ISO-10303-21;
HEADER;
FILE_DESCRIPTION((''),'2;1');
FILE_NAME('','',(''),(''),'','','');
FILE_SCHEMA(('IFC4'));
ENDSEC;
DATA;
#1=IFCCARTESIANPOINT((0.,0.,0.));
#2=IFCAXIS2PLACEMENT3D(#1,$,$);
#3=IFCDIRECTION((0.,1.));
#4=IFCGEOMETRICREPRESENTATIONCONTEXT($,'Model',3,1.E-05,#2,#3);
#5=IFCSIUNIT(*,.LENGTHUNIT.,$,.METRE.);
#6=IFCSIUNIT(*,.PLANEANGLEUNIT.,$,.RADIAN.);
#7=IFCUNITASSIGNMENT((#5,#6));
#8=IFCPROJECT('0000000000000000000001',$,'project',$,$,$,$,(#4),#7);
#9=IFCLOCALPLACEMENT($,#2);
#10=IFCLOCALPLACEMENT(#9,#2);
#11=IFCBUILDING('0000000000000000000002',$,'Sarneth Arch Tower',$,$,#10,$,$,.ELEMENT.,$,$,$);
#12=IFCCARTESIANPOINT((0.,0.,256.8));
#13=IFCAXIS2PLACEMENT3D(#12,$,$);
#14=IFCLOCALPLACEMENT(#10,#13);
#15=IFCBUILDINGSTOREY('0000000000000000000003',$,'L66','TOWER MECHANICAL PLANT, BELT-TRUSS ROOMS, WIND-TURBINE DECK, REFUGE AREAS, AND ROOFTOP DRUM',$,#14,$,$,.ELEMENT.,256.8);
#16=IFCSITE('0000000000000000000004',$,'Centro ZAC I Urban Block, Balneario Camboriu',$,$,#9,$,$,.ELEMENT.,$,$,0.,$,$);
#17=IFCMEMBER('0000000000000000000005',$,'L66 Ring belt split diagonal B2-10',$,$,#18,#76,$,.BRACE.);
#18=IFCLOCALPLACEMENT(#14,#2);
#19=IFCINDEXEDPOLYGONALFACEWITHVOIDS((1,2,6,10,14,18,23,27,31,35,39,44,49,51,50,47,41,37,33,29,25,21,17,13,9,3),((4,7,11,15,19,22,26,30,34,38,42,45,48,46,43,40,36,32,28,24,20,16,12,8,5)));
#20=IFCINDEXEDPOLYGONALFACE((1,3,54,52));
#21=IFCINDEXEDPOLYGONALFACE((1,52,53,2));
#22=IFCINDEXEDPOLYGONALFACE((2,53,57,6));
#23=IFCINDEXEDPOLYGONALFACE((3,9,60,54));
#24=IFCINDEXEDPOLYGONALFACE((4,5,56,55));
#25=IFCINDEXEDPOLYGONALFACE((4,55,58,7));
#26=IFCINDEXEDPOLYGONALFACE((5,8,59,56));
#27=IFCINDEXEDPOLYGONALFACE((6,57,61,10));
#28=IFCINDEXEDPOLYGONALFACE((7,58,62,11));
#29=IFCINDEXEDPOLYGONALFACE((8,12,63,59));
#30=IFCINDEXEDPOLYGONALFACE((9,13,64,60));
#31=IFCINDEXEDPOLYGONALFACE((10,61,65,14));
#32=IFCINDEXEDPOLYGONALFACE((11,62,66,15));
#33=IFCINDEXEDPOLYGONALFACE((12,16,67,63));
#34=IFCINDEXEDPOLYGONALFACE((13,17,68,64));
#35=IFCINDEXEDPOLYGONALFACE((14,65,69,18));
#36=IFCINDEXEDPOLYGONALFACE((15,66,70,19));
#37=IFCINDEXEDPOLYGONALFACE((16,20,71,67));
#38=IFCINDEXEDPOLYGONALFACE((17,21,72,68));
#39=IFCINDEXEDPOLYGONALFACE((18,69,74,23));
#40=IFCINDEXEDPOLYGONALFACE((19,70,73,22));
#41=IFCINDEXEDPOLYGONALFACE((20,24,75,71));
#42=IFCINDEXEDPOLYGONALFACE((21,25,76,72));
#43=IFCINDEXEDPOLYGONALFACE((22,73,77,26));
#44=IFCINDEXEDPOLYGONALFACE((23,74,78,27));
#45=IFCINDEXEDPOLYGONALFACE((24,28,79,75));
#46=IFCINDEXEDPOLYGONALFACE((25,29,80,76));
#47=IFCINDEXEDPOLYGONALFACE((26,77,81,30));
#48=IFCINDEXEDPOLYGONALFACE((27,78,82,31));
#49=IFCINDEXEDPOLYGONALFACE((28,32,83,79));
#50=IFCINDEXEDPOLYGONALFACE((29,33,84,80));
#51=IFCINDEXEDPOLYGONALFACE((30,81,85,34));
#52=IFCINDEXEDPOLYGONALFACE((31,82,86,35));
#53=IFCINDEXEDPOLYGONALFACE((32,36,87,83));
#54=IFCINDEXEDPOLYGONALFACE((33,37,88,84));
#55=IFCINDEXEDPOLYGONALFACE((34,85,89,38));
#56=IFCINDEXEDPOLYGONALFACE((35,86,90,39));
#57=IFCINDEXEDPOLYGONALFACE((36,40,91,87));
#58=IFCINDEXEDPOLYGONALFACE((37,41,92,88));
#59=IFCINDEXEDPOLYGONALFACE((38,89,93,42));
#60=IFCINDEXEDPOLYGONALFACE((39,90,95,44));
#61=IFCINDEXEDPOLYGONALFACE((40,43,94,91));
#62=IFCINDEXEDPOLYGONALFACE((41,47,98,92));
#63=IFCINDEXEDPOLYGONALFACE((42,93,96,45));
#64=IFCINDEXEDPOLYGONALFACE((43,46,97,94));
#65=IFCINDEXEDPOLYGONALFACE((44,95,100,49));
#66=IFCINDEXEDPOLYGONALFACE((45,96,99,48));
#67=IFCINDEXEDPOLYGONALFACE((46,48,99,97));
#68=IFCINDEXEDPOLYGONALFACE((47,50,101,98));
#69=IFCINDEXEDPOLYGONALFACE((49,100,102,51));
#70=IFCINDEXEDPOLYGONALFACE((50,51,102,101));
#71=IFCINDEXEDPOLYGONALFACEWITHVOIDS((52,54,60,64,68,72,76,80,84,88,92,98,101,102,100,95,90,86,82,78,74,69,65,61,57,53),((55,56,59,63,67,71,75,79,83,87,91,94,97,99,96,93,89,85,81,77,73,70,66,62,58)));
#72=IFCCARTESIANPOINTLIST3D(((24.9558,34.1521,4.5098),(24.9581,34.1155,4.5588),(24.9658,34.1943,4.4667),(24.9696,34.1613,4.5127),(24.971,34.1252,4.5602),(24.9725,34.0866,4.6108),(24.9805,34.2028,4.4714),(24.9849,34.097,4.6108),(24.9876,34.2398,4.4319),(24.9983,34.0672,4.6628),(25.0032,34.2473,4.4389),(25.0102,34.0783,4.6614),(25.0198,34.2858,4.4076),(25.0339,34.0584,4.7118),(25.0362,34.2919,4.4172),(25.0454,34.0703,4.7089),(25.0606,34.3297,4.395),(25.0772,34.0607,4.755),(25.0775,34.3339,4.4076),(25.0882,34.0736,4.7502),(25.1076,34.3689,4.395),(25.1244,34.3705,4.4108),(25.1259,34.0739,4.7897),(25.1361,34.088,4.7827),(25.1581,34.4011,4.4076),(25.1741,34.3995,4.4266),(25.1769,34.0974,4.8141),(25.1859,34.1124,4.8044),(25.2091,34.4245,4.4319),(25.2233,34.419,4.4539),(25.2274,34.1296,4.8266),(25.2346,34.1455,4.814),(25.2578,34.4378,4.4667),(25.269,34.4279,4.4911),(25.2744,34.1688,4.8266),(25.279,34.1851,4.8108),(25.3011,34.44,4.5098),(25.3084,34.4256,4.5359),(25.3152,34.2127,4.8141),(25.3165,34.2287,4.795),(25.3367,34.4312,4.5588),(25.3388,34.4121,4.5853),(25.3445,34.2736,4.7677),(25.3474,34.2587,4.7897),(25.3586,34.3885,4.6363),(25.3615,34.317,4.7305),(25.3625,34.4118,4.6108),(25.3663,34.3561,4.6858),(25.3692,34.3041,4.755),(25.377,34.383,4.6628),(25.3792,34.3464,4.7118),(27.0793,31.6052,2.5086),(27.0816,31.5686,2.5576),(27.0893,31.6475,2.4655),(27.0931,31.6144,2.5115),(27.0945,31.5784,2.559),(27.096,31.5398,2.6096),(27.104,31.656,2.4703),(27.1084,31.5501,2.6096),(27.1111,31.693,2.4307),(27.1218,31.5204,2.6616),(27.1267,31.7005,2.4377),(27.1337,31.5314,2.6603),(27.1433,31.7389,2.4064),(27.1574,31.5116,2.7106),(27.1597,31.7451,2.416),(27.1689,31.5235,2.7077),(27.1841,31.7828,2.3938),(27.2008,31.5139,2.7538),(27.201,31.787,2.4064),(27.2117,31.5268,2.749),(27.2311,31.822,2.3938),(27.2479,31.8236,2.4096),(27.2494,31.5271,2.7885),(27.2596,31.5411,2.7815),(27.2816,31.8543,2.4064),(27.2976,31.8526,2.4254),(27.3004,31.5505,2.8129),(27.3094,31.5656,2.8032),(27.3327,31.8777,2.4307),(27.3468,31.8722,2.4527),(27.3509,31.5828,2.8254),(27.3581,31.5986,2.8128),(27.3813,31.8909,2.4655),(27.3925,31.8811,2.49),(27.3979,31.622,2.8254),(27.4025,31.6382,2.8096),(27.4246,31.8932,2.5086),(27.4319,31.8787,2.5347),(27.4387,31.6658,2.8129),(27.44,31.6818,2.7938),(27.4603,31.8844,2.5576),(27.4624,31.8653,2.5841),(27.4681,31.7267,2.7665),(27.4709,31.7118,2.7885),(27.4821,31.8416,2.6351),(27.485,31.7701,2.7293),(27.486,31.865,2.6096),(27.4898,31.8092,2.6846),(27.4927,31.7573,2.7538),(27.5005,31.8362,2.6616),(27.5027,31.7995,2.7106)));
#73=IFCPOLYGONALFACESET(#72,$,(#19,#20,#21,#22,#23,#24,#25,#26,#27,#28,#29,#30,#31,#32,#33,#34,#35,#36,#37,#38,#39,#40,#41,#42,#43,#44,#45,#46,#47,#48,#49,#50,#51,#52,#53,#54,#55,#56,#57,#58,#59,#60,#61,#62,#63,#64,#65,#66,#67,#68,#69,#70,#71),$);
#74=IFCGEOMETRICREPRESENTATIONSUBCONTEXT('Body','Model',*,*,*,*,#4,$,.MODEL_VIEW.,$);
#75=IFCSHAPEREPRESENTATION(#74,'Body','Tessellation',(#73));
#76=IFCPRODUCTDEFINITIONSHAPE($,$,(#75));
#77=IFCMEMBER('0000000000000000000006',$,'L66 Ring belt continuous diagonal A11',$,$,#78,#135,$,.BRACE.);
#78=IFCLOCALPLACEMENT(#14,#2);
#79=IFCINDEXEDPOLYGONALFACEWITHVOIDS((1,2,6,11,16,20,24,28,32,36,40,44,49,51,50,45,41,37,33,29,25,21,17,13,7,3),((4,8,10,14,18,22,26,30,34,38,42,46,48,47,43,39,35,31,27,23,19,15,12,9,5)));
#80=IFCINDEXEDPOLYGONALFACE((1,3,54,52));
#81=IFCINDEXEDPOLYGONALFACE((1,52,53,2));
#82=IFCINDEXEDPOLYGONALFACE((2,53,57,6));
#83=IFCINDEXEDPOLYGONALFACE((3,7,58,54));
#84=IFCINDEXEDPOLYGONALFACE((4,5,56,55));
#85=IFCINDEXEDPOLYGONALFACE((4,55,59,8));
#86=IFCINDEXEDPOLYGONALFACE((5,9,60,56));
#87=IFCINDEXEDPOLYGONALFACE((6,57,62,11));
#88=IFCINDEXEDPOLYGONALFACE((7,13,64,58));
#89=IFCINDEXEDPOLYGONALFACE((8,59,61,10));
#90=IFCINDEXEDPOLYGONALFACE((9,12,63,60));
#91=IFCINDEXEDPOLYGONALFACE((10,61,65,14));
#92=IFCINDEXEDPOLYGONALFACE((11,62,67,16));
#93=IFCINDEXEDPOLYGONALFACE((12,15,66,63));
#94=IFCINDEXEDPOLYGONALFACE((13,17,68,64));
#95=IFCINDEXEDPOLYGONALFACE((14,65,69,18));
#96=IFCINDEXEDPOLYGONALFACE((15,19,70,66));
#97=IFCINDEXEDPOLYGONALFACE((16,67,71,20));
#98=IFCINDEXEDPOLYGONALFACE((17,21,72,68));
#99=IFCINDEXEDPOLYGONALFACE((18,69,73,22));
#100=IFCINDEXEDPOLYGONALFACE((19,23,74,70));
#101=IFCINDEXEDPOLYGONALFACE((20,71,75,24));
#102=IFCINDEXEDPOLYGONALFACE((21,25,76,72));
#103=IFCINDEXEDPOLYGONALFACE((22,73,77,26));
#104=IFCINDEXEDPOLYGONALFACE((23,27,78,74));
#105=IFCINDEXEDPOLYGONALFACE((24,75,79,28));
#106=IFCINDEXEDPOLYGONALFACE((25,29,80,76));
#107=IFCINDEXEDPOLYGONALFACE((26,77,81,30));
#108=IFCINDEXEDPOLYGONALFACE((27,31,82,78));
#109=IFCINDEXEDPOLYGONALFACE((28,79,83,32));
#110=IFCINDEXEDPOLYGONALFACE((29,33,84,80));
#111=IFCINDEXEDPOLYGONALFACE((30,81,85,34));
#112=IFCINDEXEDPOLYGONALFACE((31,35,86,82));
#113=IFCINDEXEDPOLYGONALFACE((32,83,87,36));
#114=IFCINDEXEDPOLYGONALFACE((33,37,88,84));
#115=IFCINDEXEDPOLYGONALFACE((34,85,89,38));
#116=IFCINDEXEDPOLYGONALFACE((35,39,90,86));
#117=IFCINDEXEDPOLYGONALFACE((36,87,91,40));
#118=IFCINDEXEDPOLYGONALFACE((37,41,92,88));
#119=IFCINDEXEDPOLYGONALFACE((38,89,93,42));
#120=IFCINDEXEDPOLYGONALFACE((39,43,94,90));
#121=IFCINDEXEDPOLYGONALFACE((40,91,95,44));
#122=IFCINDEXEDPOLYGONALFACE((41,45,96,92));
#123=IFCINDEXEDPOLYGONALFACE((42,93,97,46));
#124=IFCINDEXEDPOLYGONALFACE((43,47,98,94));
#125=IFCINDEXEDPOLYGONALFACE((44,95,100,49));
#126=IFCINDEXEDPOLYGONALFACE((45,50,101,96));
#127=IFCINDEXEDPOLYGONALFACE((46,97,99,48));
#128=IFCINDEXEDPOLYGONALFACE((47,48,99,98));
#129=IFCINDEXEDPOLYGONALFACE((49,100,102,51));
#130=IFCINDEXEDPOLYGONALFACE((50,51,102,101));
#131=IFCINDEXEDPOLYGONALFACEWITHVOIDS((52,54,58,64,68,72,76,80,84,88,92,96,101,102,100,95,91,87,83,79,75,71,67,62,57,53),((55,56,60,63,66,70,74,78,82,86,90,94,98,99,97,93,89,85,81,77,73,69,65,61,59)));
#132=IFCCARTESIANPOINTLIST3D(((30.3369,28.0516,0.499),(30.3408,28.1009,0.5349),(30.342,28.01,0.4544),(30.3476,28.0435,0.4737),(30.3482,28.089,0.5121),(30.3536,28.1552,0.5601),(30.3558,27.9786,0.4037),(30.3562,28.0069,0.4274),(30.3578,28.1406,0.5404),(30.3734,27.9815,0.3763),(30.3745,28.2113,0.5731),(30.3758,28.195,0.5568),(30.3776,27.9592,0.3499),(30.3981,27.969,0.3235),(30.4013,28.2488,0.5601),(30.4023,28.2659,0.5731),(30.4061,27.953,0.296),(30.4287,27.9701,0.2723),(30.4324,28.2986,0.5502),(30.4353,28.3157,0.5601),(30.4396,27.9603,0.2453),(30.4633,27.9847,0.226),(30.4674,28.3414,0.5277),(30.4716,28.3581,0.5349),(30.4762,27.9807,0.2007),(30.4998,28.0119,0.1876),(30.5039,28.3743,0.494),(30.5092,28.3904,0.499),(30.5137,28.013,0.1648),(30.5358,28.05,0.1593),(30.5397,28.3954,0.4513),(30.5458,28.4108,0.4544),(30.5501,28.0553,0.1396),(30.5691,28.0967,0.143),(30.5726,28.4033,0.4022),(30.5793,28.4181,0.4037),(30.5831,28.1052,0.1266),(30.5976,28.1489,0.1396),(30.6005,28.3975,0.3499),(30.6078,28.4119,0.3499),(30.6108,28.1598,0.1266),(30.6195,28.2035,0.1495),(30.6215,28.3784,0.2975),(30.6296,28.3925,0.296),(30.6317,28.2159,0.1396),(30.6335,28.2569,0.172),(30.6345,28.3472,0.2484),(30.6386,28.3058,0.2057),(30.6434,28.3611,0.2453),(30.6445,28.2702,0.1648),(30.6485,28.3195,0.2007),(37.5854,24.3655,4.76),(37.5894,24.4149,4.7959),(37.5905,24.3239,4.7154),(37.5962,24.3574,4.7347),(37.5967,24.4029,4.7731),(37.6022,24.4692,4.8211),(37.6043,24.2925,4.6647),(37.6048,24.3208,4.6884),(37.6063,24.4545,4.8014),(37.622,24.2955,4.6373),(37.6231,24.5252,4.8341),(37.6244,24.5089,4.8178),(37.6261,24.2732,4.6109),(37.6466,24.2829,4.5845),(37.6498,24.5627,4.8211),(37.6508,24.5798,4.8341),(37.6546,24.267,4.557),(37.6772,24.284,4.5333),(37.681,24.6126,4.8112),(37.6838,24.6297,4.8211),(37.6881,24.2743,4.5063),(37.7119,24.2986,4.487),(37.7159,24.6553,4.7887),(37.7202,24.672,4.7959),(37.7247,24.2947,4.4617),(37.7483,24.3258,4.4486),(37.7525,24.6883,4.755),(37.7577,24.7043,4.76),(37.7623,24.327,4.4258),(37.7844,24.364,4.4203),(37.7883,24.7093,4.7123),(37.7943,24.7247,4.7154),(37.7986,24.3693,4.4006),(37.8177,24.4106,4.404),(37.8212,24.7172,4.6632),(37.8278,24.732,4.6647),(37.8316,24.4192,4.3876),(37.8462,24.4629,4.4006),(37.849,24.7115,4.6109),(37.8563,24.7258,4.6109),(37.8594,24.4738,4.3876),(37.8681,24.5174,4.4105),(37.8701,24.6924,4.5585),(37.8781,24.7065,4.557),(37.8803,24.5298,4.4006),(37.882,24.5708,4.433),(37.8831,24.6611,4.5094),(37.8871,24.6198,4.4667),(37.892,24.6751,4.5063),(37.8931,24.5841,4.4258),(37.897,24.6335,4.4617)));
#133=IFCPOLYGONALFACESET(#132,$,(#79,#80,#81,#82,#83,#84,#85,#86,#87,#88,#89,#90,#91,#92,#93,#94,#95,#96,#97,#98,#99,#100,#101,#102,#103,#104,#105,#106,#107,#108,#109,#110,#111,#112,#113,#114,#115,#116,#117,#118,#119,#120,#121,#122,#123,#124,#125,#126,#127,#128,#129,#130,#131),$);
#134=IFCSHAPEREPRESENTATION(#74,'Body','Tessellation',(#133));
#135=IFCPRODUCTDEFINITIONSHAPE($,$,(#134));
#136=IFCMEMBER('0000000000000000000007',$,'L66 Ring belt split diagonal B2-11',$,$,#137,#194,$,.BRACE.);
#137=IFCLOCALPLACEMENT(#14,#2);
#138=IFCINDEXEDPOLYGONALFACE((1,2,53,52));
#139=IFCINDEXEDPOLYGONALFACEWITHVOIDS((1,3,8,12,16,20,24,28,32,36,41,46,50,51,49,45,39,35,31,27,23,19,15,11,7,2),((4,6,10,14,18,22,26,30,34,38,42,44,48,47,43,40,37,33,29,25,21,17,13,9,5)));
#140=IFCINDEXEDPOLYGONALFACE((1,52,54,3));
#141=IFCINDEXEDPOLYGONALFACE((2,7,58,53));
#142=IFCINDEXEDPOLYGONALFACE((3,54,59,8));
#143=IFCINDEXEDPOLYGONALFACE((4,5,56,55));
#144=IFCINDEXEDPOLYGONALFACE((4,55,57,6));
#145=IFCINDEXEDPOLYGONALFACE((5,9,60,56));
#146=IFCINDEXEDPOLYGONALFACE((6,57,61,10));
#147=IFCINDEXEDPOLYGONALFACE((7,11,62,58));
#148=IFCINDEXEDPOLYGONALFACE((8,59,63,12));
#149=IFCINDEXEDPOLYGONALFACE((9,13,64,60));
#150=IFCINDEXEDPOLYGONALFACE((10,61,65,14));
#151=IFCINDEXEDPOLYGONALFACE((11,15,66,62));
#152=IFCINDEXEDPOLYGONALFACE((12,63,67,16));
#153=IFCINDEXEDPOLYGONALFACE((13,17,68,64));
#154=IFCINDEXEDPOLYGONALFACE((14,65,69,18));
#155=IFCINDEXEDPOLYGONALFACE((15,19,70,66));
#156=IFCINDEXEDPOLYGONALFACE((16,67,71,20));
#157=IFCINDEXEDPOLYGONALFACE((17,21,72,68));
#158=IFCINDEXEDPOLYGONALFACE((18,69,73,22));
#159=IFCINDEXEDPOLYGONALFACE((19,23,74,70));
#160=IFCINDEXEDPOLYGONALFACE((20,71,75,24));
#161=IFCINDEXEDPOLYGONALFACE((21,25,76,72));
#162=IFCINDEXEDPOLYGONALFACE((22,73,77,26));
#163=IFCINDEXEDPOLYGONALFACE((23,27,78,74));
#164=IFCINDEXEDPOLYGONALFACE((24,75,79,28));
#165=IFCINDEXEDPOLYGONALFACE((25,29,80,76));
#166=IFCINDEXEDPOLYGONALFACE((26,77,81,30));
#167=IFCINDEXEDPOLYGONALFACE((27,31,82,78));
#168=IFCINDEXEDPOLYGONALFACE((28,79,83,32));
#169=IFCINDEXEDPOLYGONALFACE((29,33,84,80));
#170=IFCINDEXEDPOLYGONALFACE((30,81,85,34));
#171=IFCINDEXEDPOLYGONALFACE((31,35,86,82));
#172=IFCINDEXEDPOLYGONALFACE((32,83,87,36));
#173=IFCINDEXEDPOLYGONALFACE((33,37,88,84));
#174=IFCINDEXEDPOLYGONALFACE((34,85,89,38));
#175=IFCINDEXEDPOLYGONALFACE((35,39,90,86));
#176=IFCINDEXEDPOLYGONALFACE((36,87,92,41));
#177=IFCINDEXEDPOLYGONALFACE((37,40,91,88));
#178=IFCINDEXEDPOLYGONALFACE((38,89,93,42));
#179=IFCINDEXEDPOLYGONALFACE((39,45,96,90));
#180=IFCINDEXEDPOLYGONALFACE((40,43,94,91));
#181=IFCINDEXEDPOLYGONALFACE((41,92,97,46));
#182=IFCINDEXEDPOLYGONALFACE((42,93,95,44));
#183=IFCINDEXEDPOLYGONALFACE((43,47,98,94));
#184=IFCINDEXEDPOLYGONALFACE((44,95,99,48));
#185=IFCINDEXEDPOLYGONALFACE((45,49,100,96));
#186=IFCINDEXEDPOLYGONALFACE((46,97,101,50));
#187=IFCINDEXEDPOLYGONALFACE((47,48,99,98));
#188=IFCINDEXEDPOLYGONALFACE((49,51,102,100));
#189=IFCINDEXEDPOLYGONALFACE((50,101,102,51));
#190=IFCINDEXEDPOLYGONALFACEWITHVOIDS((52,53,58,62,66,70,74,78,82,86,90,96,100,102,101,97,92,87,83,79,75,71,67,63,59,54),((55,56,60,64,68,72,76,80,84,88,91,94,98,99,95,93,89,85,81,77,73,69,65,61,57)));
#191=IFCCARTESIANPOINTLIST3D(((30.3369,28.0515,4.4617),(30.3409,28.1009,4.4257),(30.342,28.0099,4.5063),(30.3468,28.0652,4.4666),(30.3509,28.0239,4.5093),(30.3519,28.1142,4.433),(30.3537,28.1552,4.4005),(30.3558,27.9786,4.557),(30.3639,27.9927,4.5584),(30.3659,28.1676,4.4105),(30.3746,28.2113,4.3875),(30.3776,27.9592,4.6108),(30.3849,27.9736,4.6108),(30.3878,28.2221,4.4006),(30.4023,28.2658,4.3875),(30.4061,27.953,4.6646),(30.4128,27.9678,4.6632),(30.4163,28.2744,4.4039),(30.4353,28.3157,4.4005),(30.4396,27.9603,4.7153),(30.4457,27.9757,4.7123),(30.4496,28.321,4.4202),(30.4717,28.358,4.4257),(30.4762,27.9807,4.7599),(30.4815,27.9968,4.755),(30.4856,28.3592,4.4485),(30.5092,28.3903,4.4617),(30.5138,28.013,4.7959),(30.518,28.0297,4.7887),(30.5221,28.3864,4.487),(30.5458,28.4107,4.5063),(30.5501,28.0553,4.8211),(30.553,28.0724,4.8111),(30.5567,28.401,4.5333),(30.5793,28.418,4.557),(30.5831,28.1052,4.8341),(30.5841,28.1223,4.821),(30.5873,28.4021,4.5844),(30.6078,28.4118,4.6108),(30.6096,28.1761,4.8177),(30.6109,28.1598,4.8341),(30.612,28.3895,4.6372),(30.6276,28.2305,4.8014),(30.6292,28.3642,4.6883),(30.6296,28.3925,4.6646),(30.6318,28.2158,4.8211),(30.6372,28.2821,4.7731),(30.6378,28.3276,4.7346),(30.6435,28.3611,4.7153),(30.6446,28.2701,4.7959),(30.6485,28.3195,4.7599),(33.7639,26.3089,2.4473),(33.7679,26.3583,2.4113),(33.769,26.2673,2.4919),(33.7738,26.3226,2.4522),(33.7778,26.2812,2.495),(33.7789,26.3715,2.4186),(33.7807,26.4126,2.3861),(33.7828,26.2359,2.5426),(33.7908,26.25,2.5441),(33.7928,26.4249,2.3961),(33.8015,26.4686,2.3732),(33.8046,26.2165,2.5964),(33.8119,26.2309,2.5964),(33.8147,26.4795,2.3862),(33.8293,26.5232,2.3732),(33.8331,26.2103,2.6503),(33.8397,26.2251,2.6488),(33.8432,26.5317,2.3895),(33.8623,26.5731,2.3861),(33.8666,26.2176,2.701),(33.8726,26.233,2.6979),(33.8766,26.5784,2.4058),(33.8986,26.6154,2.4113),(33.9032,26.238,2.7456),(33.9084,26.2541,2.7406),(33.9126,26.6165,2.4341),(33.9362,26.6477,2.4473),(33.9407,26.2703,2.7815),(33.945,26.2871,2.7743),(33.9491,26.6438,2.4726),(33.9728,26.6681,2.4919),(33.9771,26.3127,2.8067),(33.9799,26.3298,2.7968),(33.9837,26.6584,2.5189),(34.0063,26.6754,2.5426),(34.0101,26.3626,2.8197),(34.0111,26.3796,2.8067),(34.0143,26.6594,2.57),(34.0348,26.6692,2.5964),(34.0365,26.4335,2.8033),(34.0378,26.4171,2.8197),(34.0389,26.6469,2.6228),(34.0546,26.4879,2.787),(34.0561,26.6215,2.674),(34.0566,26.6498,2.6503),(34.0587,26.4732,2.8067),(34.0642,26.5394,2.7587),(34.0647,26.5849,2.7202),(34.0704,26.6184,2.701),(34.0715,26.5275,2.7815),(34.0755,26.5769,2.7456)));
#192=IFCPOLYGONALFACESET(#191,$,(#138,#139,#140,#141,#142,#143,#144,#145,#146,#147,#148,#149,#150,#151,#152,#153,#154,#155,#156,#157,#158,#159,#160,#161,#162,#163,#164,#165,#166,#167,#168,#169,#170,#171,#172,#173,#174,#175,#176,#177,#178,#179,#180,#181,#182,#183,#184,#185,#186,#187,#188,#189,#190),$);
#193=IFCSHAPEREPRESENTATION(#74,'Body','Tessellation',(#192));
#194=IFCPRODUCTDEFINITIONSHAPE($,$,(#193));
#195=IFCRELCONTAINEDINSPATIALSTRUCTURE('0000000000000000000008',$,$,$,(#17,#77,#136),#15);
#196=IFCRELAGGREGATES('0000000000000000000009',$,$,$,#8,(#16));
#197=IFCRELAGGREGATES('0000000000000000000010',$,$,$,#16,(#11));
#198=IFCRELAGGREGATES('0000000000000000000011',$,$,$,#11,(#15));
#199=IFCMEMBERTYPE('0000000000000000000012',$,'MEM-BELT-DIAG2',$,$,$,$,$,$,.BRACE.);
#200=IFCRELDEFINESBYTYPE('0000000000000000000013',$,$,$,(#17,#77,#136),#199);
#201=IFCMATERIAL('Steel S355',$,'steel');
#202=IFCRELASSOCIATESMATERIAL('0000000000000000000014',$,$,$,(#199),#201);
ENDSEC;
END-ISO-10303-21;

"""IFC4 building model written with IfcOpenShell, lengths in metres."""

from ifc_helpers import new_model, si_unit, direction, frame, origin, origin_2d, place, context, subcontext, project, spatial, hollow_circle, extrude, material, material_profile, profile_set, type_object, element, save


model = new_model("IFC4")

# Units and contexts
model_context = context("Model", 3, precision=1e-05, world=origin(), true_north=direction((0.0, 1.0)))
body_context = subcontext(model_context, "Body", "Model", "MODEL_VIEW")
ifc_project = project(units=[si_unit("LENGTHUNIT", "METRE"), si_unit("PLANEANGLEUNIT", "RADIAN")], contexts=[model_context])

# Site, building, storey
site_placement = place(None, origin())
site = spatial("IfcSite", under=ifc_project, at=site_placement, Name="Centro ZAC I Urban Block, Balneario Camboriu", CompositionType="ELEMENT", RefElevation=0.0)
building_placement = place(site_placement, origin())
building = spatial("IfcBuilding", under=site, at=building_placement, Name="Sarneth Arch Tower", CompositionType="ELEMENT")
storey_placement = place(building_placement, frame((0.0, 0.0, 256.8)))
storey = spatial("IfcBuildingStorey", under=building, at=storey_placement, Name="L66", Description="TOWER MECHANICAL PLANT, BELT-TRUSS ROOMS, WIND-TURBINE DECK, REFUGE AREAS, AND ROOFTOP DRUM", CompositionType="ELEMENT", Elevation=256.8)

# Members
ifc_material_1 = material(Name="Steel S355", Category="steel")
ifc_material_profile_1 = material_profile(ifc_material_1, hollow_circle(Radius=0.2539, WallThickness=0.0161, at=origin_2d()), Name="CHS508x16")
ifc_profile_set_1 = profile_set([ifc_material_profile_1], Name="Steel S355")
member_type_1 = type_object("IfcMemberType", Name="MEM-BELT-DIAG2", PredefinedType="BRACE", material=ifc_profile_set_1)
member_1_placement = place(storey_placement, frame((27.291, 31.7024, 2.6096), z_axis=(-0.548279, 0.657581, 0.516698), x_axis=(-0.768052, -0.640387, 0.0)))
element("IfcMember", 1, at=member_1_placement, inside=storey, type_object=member_type_1, Name="L66 Ring belt split diagonal B2-10", PredefinedType="BRACE", context=body_context, shape_type="SweptSolid", body=[
    extrude(hollow_circle(Radius=0.2539, WallThickness=0.0161, at=origin_2d()), origin(), (0.0, 0.0, 1.0), 3.873),
])
member_2_placement = place(storey_placement, frame((30.4927, 28.1855, 0.3499), z_axis=(0.789546, -0.401501, 0.464127), x_axis=(0.45328, 0.891368, 0.0)))
element("IfcMember", 2, at=member_2_placement, inside=storey, type_object=member_type_1, Name="L66 Ring belt continuous diagonal A11", PredefinedType="BRACE", context=body_context, shape_type="SweptSolid", body=[
    extrude(hollow_circle(Radius=0.2539, WallThickness=0.0161, at=origin_2d()), origin(), (0.0, 0.0, 1.0), 9.1807),
])
member_3_placement = place(storey_placement, frame((33.9197, 26.4429, 2.5964), z_axis=(-0.789559, 0.401501, 0.464106), x_axis=(-0.453274, -0.891371, 0.0)))
element("IfcMember", 3, at=member_3_placement, inside=storey, type_object=member_type_1, Name="L66 Ring belt split diagonal B2-11", PredefinedType="BRACE", context=body_context, shape_type="SweptSolid", body=[
    extrude(hollow_circle(Radius=0.2539, WallThickness=0.0161, at=origin_2d()), origin(), (0.0, 0.0, 1.0), 4.3403),
])

save(model, "model.ifc")
